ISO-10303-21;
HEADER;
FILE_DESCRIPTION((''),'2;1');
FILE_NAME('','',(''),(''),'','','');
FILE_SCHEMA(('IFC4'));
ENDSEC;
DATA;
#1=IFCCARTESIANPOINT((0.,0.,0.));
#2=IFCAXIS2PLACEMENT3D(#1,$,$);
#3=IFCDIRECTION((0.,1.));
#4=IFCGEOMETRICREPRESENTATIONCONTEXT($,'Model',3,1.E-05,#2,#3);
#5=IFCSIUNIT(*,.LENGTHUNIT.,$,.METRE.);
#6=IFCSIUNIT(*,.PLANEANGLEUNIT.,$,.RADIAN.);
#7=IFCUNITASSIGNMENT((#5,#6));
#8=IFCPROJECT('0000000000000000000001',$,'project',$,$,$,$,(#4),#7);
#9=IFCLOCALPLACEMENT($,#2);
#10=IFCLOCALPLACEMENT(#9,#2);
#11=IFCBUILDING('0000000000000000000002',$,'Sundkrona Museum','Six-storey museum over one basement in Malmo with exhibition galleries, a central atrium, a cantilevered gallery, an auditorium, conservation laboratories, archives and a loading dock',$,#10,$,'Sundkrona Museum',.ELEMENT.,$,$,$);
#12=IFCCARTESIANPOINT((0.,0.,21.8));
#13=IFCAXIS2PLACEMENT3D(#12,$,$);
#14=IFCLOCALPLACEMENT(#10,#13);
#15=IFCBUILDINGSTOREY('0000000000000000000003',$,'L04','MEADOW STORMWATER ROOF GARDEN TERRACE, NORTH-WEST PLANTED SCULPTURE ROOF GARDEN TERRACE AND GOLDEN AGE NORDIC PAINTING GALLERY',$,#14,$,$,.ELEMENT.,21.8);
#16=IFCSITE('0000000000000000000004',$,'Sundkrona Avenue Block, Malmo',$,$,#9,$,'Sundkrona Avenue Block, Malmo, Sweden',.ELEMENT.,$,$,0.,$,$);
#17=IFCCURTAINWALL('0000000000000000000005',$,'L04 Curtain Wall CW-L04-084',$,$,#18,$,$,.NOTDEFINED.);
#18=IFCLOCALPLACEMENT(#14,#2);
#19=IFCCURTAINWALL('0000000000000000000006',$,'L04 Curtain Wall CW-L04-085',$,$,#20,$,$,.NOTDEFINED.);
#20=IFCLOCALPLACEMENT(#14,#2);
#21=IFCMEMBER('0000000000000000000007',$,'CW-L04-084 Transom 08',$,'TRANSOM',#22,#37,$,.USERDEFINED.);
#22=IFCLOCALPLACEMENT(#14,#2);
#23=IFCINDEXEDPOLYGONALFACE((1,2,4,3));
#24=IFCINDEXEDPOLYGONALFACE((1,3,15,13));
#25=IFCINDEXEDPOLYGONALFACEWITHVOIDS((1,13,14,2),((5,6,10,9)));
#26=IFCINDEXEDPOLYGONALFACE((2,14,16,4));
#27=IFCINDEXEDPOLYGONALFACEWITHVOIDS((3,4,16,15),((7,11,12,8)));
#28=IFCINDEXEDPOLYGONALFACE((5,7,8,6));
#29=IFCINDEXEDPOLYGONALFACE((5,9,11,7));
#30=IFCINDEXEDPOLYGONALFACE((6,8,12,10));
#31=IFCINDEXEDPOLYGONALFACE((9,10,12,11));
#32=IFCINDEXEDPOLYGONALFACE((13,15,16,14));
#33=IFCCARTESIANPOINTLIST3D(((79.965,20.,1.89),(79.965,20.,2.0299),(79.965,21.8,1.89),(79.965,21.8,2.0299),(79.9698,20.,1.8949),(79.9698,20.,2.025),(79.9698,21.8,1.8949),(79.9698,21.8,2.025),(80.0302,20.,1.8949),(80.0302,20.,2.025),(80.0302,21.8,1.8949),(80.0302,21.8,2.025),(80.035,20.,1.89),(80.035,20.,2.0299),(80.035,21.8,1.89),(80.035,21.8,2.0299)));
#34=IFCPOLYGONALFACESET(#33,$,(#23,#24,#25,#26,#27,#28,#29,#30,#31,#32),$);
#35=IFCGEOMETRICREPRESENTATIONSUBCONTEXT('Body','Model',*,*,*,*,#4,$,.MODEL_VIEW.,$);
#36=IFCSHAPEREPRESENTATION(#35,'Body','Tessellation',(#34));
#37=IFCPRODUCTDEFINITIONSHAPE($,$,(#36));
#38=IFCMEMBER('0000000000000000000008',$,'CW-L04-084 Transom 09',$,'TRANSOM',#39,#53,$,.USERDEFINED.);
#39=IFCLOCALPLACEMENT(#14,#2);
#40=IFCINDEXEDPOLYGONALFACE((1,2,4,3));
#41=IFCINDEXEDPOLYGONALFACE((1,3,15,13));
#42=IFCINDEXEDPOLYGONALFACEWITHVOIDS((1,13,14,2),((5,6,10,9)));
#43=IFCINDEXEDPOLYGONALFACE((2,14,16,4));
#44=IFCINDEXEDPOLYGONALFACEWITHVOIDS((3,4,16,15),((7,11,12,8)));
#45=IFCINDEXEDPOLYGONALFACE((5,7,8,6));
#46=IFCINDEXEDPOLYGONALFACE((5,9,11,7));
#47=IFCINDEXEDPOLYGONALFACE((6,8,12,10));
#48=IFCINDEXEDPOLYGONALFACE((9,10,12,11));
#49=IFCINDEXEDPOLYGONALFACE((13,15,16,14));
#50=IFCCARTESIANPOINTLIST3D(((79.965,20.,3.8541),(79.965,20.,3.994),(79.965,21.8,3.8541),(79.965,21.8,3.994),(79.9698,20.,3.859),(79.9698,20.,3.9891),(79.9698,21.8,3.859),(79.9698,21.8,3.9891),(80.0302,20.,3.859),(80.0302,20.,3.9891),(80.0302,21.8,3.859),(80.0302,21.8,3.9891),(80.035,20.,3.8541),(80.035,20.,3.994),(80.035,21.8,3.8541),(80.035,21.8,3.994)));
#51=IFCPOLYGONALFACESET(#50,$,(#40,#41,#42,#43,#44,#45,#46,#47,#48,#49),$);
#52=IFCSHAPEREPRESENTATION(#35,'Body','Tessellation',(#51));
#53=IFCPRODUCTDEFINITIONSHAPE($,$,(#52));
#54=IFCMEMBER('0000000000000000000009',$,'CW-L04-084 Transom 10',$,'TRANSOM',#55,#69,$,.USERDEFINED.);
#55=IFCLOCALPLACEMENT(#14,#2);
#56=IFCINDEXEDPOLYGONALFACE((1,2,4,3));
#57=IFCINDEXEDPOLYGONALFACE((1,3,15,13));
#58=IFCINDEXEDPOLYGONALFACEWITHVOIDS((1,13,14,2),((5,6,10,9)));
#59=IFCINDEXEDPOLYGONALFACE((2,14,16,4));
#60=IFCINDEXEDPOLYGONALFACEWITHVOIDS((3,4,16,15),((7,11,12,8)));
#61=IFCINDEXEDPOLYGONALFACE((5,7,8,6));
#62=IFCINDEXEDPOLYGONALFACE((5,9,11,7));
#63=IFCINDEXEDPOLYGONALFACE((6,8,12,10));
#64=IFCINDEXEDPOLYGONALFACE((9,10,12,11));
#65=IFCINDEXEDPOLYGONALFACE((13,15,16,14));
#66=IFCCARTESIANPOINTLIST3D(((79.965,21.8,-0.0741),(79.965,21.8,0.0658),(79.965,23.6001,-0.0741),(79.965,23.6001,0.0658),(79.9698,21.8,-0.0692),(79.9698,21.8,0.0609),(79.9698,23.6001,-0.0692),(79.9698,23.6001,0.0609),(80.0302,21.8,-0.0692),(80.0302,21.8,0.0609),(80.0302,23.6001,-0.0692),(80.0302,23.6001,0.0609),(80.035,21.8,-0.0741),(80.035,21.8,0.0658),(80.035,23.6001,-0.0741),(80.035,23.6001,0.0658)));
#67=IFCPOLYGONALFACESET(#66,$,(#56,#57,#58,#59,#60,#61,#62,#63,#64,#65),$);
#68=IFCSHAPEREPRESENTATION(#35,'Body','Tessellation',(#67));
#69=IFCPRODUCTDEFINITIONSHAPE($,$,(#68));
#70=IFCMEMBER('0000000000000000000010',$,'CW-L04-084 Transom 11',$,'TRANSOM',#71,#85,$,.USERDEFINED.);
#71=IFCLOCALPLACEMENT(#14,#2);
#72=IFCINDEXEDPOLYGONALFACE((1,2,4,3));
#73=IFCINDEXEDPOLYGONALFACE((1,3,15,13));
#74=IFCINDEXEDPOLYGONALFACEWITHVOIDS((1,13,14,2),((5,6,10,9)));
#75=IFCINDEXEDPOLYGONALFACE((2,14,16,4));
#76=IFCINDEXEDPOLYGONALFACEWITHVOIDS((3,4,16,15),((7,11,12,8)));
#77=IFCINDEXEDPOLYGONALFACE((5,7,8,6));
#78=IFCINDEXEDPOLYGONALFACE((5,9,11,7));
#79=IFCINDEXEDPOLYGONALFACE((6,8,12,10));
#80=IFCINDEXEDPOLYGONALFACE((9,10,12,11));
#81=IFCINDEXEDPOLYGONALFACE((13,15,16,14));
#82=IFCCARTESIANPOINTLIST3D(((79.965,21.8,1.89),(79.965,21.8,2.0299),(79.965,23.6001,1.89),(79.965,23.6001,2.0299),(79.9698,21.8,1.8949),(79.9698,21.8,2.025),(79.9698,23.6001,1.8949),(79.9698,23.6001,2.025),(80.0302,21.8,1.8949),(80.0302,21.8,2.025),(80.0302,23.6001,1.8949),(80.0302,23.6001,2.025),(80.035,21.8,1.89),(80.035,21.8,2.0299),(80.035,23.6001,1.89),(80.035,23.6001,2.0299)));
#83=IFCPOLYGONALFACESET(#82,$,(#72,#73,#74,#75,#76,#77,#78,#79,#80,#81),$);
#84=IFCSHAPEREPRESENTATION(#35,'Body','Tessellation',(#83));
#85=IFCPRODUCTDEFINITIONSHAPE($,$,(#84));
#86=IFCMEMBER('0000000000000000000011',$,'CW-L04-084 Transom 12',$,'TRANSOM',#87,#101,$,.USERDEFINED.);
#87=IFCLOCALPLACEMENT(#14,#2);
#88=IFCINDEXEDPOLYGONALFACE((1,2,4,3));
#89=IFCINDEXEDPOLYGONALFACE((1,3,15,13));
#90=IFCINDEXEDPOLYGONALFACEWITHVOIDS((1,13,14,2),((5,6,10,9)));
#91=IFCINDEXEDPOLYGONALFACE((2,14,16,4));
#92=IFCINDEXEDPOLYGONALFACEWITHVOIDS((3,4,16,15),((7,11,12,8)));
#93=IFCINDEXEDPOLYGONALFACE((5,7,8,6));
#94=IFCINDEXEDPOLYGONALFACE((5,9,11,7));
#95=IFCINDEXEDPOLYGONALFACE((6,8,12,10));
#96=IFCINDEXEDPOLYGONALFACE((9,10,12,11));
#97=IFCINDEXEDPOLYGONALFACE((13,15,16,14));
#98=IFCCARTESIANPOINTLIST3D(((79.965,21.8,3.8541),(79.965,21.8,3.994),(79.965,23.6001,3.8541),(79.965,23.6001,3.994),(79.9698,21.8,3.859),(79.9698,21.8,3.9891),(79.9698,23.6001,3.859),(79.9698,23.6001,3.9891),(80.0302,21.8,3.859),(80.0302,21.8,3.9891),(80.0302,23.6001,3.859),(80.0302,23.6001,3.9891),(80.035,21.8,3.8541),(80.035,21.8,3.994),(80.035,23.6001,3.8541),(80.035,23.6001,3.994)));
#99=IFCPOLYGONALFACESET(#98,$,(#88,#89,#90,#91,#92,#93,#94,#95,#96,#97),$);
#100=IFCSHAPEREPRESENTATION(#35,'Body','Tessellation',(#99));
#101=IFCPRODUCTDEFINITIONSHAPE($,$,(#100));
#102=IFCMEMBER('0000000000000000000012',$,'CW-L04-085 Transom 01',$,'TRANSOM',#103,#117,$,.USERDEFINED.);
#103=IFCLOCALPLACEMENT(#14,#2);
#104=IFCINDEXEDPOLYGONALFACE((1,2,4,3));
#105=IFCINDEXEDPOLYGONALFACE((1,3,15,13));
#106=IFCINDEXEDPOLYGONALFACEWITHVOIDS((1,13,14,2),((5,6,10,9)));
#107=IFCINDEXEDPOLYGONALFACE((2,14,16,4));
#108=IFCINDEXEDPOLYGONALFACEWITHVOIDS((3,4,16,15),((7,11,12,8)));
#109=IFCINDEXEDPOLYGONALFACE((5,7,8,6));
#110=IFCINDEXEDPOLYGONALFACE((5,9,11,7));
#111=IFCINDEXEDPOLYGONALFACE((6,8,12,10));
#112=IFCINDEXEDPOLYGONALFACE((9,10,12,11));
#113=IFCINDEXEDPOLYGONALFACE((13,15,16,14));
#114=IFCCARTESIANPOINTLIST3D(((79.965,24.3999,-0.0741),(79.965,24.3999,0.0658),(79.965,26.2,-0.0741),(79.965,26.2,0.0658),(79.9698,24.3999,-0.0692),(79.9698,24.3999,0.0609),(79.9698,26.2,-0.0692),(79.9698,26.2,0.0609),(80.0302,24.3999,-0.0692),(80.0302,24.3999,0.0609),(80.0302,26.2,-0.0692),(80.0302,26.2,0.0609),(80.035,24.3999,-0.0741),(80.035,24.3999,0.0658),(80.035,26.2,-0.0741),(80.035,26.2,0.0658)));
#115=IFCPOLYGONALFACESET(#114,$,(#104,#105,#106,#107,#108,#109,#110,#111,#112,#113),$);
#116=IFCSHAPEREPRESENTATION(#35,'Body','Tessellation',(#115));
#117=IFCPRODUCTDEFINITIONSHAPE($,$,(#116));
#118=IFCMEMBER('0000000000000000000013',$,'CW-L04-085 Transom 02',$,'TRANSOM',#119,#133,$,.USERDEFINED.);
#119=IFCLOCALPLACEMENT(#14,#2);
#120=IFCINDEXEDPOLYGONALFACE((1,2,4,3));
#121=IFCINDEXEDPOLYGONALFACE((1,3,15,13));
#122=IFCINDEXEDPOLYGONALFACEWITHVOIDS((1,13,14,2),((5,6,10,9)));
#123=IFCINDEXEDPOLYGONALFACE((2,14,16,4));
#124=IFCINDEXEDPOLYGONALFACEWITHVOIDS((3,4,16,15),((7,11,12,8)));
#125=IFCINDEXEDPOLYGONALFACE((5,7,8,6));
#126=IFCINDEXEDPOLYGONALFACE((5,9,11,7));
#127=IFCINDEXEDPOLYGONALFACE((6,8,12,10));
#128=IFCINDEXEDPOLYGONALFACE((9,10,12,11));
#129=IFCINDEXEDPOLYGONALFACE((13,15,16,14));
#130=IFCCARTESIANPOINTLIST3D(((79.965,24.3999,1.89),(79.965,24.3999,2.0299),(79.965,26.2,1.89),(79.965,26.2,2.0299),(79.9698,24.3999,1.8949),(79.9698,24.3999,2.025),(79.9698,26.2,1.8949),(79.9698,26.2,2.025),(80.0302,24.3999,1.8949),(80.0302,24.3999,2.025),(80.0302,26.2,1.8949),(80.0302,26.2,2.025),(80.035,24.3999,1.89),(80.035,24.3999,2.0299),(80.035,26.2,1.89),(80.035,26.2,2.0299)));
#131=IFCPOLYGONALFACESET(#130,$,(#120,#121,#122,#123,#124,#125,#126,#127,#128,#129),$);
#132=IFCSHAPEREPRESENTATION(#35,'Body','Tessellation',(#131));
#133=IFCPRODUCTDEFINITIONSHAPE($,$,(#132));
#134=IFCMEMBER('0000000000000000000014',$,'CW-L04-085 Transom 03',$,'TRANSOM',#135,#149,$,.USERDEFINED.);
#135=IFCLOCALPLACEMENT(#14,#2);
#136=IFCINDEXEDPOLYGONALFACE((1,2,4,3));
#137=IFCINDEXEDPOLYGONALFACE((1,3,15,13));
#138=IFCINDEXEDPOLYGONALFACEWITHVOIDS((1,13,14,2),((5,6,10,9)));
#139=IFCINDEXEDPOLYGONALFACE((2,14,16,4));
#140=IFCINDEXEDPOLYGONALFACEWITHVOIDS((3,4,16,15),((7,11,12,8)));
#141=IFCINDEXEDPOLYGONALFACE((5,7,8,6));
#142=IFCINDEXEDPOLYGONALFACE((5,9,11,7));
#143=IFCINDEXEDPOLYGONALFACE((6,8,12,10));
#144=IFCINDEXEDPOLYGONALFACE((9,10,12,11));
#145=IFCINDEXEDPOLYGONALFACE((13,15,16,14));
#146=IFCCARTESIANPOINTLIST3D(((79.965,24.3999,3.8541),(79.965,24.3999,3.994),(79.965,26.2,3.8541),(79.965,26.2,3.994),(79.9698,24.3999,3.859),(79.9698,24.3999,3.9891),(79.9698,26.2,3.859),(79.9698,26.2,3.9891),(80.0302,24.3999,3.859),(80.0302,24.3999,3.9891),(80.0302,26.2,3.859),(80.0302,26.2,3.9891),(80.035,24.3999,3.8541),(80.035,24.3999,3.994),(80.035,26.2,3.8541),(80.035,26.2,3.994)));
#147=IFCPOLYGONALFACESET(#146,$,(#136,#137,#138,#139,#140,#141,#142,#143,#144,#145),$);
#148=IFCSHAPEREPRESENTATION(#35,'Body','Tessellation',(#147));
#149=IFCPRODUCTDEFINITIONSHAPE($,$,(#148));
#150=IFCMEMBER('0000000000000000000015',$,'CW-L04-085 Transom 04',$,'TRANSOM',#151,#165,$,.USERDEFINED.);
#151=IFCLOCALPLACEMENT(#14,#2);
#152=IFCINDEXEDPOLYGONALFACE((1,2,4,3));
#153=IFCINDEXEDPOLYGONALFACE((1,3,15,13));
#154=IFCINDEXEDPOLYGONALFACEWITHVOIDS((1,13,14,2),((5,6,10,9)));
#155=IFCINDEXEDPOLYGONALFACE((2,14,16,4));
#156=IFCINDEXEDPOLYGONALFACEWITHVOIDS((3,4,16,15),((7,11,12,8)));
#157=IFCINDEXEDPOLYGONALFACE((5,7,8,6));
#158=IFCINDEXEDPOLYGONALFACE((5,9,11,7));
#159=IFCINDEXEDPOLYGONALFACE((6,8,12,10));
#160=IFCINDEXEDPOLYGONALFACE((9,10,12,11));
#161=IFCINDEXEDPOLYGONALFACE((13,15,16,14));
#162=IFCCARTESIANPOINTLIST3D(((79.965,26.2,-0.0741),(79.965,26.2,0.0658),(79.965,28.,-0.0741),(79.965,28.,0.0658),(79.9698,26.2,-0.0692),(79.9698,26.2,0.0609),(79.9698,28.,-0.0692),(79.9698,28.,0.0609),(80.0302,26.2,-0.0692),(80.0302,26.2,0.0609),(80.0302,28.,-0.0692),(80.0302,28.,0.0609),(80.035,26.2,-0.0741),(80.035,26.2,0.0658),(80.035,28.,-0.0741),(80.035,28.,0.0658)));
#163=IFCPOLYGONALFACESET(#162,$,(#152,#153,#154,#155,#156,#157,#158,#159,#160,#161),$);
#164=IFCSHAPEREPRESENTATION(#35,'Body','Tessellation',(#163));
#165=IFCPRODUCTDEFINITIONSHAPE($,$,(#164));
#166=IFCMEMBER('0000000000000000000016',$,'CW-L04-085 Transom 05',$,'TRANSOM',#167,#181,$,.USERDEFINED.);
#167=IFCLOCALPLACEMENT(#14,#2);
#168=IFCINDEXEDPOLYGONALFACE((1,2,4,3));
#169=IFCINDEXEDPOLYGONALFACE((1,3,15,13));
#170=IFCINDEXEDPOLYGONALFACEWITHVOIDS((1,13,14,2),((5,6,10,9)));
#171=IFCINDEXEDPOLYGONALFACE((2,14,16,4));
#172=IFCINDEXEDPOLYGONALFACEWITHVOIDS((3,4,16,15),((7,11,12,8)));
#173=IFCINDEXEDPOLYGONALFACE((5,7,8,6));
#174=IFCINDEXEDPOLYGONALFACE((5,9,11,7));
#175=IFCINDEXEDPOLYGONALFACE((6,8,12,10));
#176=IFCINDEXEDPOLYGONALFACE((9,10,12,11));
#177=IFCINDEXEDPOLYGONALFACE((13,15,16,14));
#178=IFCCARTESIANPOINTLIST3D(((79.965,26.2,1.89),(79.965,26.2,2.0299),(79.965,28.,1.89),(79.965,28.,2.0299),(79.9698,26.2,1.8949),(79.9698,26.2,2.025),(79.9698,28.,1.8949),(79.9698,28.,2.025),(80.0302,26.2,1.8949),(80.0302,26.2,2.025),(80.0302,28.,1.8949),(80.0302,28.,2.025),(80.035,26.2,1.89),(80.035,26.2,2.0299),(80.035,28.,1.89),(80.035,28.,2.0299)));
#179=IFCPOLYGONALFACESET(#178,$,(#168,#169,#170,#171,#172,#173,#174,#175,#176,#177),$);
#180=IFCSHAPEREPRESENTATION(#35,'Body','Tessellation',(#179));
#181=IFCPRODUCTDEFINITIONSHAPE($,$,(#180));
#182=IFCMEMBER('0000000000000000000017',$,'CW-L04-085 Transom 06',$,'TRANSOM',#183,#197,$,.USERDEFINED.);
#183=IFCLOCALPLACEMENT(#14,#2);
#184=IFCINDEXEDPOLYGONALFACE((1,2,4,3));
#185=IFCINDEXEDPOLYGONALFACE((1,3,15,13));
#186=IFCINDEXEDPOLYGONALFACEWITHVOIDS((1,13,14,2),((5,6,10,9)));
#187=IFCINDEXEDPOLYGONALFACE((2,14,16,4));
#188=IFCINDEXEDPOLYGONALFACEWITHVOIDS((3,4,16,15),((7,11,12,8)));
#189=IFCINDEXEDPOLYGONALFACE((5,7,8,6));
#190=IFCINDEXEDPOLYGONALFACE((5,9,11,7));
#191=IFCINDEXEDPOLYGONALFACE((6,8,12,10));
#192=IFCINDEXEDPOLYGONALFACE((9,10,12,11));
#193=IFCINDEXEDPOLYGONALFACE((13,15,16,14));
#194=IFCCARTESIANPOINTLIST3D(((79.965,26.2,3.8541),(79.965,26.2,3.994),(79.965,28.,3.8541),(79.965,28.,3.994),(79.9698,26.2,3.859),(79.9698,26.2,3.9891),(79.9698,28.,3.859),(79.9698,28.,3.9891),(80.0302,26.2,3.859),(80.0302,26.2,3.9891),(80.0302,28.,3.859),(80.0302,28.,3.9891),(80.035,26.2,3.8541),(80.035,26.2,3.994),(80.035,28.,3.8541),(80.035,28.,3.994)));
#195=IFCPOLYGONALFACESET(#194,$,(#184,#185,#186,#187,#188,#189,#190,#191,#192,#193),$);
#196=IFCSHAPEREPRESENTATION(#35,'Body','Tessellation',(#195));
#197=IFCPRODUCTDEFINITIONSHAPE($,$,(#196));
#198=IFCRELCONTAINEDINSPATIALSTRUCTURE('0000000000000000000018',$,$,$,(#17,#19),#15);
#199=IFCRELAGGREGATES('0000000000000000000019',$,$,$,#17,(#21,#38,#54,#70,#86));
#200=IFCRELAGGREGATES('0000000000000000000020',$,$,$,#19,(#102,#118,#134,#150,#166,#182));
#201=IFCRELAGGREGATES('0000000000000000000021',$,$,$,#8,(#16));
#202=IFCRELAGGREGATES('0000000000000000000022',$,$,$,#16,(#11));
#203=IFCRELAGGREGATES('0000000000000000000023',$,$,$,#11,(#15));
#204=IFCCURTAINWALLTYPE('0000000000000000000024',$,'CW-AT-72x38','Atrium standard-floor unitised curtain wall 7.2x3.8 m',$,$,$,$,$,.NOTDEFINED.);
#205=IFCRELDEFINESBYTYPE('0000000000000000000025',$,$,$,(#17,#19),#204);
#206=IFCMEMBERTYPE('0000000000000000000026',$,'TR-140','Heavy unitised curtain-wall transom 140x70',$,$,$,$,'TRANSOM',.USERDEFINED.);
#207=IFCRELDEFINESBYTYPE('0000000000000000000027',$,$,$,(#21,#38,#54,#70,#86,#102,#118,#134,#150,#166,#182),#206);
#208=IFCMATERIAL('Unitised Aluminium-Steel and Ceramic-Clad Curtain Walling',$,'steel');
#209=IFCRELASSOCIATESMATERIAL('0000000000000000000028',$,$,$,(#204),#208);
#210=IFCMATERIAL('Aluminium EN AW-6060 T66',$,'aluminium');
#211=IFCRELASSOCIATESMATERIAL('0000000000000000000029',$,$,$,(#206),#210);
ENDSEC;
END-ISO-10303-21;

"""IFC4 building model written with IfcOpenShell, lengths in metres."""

from ifc_helpers import new_model, si_unit, direction, frame, origin, origin_2d, place, context, subcontext, project, spatial, hollow_rectangle, extrude, material, material_profile, profile_set, type_object, element, aggregate, save


model = new_model("IFC4")

# Units and contexts
model_context = context("Model", 3, precision=1e-05, world=origin(), true_north=direction((0.0, 1.0)))
body_context = subcontext(model_context, "Body", "Model", "MODEL_VIEW")
ifc_project = project(units=[si_unit("LENGTHUNIT", "METRE"), si_unit("PLANEANGLEUNIT", "RADIAN")], contexts=[model_context])

# Site, building, storey
site_placement = place(None, origin())
site = spatial("IfcSite", under=ifc_project, at=site_placement, Name="Sundkrona Avenue Block, Malmo", LongName="Sundkrona Avenue Block, Malmo, Sweden", CompositionType="ELEMENT", RefElevation=0.0)
building_placement = place(site_placement, origin())
building = spatial("IfcBuilding", under=site, at=building_placement, Name="Sundkrona Museum", Description="Six-storey museum over one basement in Malmo with exhibition galleries, a central atrium, a cantilevered gallery, an auditorium, conservation laboratories, archives and a loading dock", LongName="Sundkrona Museum", CompositionType="ELEMENT")
storey_placement = place(building_placement, frame((0.0, 0.0, 21.8)))
storey = spatial("IfcBuildingStorey", under=building, at=storey_placement, Name="L04", Description="MEADOW STORMWATER ROOF GARDEN TERRACE, NORTH-WEST PLANTED SCULPTURE ROOF GARDEN TERRACE AND GOLDEN AGE NORDIC PAINTING GALLERY", CompositionType="ELEMENT", Elevation=21.8)

# Curtain walls
ifc_material_1 = material(Name="Unitised Aluminium-Steel and Ceramic-Clad Curtain Walling", Category="steel")
curtain_wall_type = type_object("IfcCurtainWallType", Name="CW-AT-72x38", Description="Atrium standard-floor unitised curtain wall 7.2x3.8 m", PredefinedType="NOTDEFINED", material=ifc_material_1)
curtain_wall_1_placement = place(storey_placement, origin())
curtain_wall_1 = element("IfcCurtainWall", 1, at=curtain_wall_1_placement, inside=storey, type_object=curtain_wall_type, Name="L04 Curtain Wall CW-L04-084", PredefinedType="NOTDEFINED")
ifc_material_2 = material(Name="Aluminium EN AW-6060 T66", Category="aluminium")
curtain_wall_2_placement = place(storey_placement, origin())
curtain_wall_2 = element("IfcCurtainWall", 2, at=curtain_wall_2_placement, inside=storey, type_object=curtain_wall_type, Name="L04 Curtain Wall CW-L04-085", PredefinedType="NOTDEFINED")

# Members
ifc_material_profile_1 = material_profile(ifc_material_2, hollow_rectangle(XDim=0.0701, YDim=0.1399, WallThickness=0.0049, at=origin_2d()), Name="RHS 140x70x5.0")
ifc_profile_set_1 = profile_set([ifc_material_profile_1], Name="Aluminium EN AW-6060 T66")
member_type_1 = type_object("IfcMemberType", Name="TR-140", Description="Heavy unitised curtain-wall transom 140x70", ElementType="TRANSOM", PredefinedType="USERDEFINED", material=ifc_profile_set_1)
member_1_placement = place(storey_placement, frame((80.0, 20.0, 1.96), z_axis=(0.0, 1.0, 0.0), x_axis=(-1.0, 0.0, 0.0)))
member_1 = element("IfcMember", 3, at=member_1_placement, type_object=member_type_1, Name="CW-L04-084 Transom 08", ObjectType="TRANSOM", PredefinedType="USERDEFINED", context=body_context, shape_type="SweptSolid", body=[
    extrude(hollow_rectangle(XDim=0.0701, YDim=0.1399, WallThickness=0.0049, at=origin_2d()), origin(), (0.0, 0.0, 1.0), 1.8),
])
member_2_placement = place(storey_placement, frame((80.0, 20.0, 3.9241), z_axis=(0.0, 1.0, 0.0), x_axis=(-1.0, 0.0, 0.0)))
member_2 = element("IfcMember", 4, at=member_2_placement, type_object=member_type_1, Name="CW-L04-084 Transom 09", ObjectType="TRANSOM", PredefinedType="USERDEFINED", context=body_context, shape_type="SweptSolid", body=[
    extrude(hollow_rectangle(XDim=0.0701, YDim=0.1399, WallThickness=0.0049, at=origin_2d()), origin(), (0.0, 0.0, 1.0), 1.8),
])
member_3_placement = place(storey_placement, frame((80.0, 21.8, -0.0042), z_axis=(0.0, 1.0, 0.0), x_axis=(-1.0, 0.0, 0.0)))
member_3 = element("IfcMember", 5, at=member_3_placement, type_object=member_type_1, Name="CW-L04-084 Transom 10", ObjectType="TRANSOM", PredefinedType="USERDEFINED", context=body_context, shape_type="SweptSolid", body=[
    extrude(hollow_rectangle(XDim=0.0701, YDim=0.1399, WallThickness=0.0049, at=origin_2d()), origin(), (0.0, 0.0, 1.0), 1.8),
])
member_4_placement = place(storey_placement, frame((80.0, 21.8, 1.96), z_axis=(0.0, 1.0, 0.0), x_axis=(-1.0, 0.0, 0.0)))
member_4 = element("IfcMember", 6, at=member_4_placement, type_object=member_type_1, Name="CW-L04-084 Transom 11", ObjectType="TRANSOM", PredefinedType="USERDEFINED", context=body_context, shape_type="SweptSolid", body=[
    extrude(hollow_rectangle(XDim=0.0701, YDim=0.1399, WallThickness=0.0049, at=origin_2d()), origin(), (0.0, 0.0, 1.0), 1.8),
])
member_5_placement = place(storey_placement, frame((80.0, 21.8, 3.9241), z_axis=(0.0, 1.0, 0.0), x_axis=(-1.0, 0.0, 0.0)))
member_5 = element("IfcMember", 7, at=member_5_placement, type_object=member_type_1, Name="CW-L04-084 Transom 12", ObjectType="TRANSOM", PredefinedType="USERDEFINED", context=body_context, shape_type="SweptSolid", body=[
    extrude(hollow_rectangle(XDim=0.0701, YDim=0.1399, WallThickness=0.0049, at=origin_2d()), origin(), (0.0, 0.0, 1.0), 1.8),
])
member_6_placement = place(storey_placement, frame((80.0, 24.3999, -0.0042), z_axis=(0.0, 1.0, 0.0), x_axis=(-1.0, 0.0, 0.0)))
member_6 = element("IfcMember", 8, at=member_6_placement, type_object=member_type_1, Name="CW-L04-085 Transom 01", ObjectType="TRANSOM", PredefinedType="USERDEFINED", context=body_context, shape_type="SweptSolid", body=[
    extrude(hollow_rectangle(XDim=0.0701, YDim=0.1399, WallThickness=0.0049, at=origin_2d()), origin(), (0.0, 0.0, 1.0), 1.8),
])
member_7_placement = place(storey_placement, frame((80.0, 24.3999, 1.96), z_axis=(0.0, 1.0, 0.0), x_axis=(-1.0, 0.0, 0.0)))
member_7 = element("IfcMember", 9, at=member_7_placement, type_object=member_type_1, Name="CW-L04-085 Transom 02", ObjectType="TRANSOM", PredefinedType="USERDEFINED", context=body_context, shape_type="SweptSolid", body=[
    extrude(hollow_rectangle(XDim=0.0701, YDim=0.1399, WallThickness=0.0049, at=origin_2d()), origin(), (0.0, 0.0, 1.0), 1.8),
])
member_8_placement = place(storey_placement, frame((80.0, 24.3999, 3.9241), z_axis=(0.0, 1.0, 0.0), x_axis=(-1.0, 0.0, 0.0)))
member_8 = element("IfcMember", 10, at=member_8_placement, type_object=member_type_1, Name="CW-L04-085 Transom 03", ObjectType="TRANSOM", PredefinedType="USERDEFINED", context=body_context, shape_type="SweptSolid", body=[
    extrude(hollow_rectangle(XDim=0.0701, YDim=0.1399, WallThickness=0.0049, at=origin_2d()), origin(), (0.0, 0.0, 1.0), 1.8),
])
member_9_placement = place(storey_placement, frame((80.0, 26.2, -0.0042), z_axis=(0.0, 1.0, 0.0), x_axis=(-1.0, 0.0, 0.0)))
member_9 = element("IfcMember", 11, at=member_9_placement, type_object=member_type_1, Name="CW-L04-085 Transom 04", ObjectType="TRANSOM", PredefinedType="USERDEFINED", context=body_context, shape_type="SweptSolid", body=[
    extrude(hollow_rectangle(XDim=0.0701, YDim=0.1399, WallThickness=0.0049, at=origin_2d()), origin(), (0.0, 0.0, 1.0), 1.8),
])
member_10_placement = place(storey_placement, frame((80.0, 26.2, 1.96), z_axis=(0.0, 1.0, 0.0), x_axis=(-1.0, 0.0, 0.0)))
member_10 = element("IfcMember", 12, at=member_10_placement, type_object=member_type_1, Name="CW-L04-085 Transom 05", ObjectType="TRANSOM", PredefinedType="USERDEFINED", context=body_context, shape_type="SweptSolid", body=[
    extrude(hollow_rectangle(XDim=0.0701, YDim=0.1399, WallThickness=0.0049, at=origin_2d()), origin(), (0.0, 0.0, 1.0), 1.8),
])
member_11_placement = place(storey_placement, frame((80.0, 26.2, 3.9241), z_axis=(0.0, 1.0, 0.0), x_axis=(-1.0, 0.0, 0.0)))
member_11 = element("IfcMember", 13, at=member_11_placement, type_object=member_type_1, Name="CW-L04-085 Transom 06", ObjectType="TRANSOM", PredefinedType="USERDEFINED", context=body_context, shape_type="SweptSolid", body=[
    extrude(hollow_rectangle(XDim=0.0701, YDim=0.1399, WallThickness=0.0049, at=origin_2d()), origin(), (0.0, 0.0, 1.0), 1.8),
])

aggregate(curtain_wall_1, [member_1, member_2, member_3, member_4, member_5])
aggregate(curtain_wall_2, [member_6, member_7, member_8, member_9, member_10, member_11])

save(model, "model.ifc")
